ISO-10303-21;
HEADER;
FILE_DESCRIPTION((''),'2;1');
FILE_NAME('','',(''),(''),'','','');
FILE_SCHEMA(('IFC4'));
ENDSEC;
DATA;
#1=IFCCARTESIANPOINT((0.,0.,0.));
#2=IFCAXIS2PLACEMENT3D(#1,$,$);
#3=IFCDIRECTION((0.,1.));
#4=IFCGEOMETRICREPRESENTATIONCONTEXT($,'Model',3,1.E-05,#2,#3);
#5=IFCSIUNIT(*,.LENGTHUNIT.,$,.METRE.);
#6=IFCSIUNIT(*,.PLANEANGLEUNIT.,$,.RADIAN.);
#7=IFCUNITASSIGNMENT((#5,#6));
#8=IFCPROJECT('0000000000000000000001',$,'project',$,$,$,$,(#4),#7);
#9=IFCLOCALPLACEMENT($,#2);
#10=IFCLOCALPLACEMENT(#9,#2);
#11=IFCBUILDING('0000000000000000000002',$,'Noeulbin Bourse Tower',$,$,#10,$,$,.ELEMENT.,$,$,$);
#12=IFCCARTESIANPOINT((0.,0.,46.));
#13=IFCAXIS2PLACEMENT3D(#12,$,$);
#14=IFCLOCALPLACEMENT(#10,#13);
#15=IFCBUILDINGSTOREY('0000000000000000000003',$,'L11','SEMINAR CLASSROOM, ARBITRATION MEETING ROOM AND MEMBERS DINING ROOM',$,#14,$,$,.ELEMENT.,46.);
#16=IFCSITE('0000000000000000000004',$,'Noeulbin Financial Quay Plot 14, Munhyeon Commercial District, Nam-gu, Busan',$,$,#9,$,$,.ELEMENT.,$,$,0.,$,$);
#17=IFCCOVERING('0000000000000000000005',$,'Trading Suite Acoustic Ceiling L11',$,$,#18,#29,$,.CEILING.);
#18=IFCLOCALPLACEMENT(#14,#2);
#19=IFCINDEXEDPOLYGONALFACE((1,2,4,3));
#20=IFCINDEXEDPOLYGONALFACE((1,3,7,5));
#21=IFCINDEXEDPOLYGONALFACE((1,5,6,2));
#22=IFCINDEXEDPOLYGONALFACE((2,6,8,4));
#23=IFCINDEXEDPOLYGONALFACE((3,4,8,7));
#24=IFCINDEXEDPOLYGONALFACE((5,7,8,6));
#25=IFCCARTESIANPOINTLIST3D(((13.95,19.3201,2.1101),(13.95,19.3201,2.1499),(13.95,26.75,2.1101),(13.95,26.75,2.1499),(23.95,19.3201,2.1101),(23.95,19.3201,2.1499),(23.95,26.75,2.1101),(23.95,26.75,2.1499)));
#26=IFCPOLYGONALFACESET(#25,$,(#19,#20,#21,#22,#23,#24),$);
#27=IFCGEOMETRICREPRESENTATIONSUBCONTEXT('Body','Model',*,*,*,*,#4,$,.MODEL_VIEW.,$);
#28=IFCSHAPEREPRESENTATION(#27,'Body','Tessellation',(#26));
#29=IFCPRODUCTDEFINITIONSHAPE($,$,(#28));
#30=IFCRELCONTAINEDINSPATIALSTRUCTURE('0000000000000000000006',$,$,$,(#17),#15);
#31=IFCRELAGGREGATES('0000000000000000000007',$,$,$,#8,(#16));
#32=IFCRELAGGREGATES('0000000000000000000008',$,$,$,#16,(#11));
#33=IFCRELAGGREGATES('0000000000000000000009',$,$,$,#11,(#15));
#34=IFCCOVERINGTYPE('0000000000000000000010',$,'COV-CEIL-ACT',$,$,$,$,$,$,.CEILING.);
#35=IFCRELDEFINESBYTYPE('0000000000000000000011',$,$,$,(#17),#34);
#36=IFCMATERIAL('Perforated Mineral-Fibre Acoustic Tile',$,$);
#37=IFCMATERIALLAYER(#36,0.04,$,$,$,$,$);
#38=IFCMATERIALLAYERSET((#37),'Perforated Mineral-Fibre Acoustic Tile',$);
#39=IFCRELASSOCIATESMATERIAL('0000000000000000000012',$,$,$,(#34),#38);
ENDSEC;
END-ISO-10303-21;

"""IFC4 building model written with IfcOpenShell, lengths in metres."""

from ifc_helpers import new_model, si_unit, direction, frame, origin, place, context, subcontext, project, spatial, polyline, outline, extrude, material, layer, layer_set, type_object, element, save


model = new_model("IFC4")

# Units and contexts
model_context = context("Model", 3, precision=1e-05, world=origin(), true_north=direction((0.0, 1.0)))
body_context = subcontext(model_context, "Body", "Model", "MODEL_VIEW")
ifc_project = project(units=[si_unit("LENGTHUNIT", "METRE"), si_unit("PLANEANGLEUNIT", "RADIAN")], contexts=[model_context])

# Site, building, storey
site_placement = place(None, origin())
site = spatial("IfcSite", under=ifc_project, at=site_placement, Name="Noeulbin Financial Quay Plot 14, Munhyeon Commercial District, Nam-gu, Busan", CompositionType="ELEMENT", RefElevation=0.0)
building_placement = place(site_placement, origin())
building = spatial("IfcBuilding", under=site, at=building_placement, Name="Noeulbin Bourse Tower", CompositionType="ELEMENT")
storey_placement = place(building_placement, frame((0.0, 0.0, 46.0)))
storey = spatial("IfcBuildingStorey", under=building, at=storey_placement, Name="L11", Description="SEMINAR CLASSROOM, ARBITRATION MEETING ROOM AND MEMBERS DINING ROOM", CompositionType="ELEMENT", Elevation=46.0)

# Covering
ifc_material_1 = material(Name="Perforated Mineral-Fibre Acoustic Tile")
ifc_layer_1 = layer(ifc_material_1, 0.04)
ifc_layer_set_1 = layer_set([ifc_layer_1], Name="Perforated Mineral-Fibre Acoustic Tile")
covering_type = type_object("IfcCoveringType", Name="COV-CEIL-ACT", PredefinedType="CEILING", material=ifc_layer_set_1)
covering_1_placement = place(storey_placement, frame((0.0, 0.0, 2.1101)))
element("IfcCovering", 1, at=covering_1_placement, inside=storey, type_object=covering_type, Name="Trading Suite Acoustic Ceiling L11", PredefinedType="CEILING", context=body_context, shape_type="SweptSolid", body=[
    extrude(outline(polyline([(13.95, 19.3201), (23.95, 19.3201), (23.95, 26.75), (13.95, 26.75), (13.95, 19.3201)])), origin(), (0.0, 0.0, 1.0), 0.0398),
])

save(model, "model.ifc")
